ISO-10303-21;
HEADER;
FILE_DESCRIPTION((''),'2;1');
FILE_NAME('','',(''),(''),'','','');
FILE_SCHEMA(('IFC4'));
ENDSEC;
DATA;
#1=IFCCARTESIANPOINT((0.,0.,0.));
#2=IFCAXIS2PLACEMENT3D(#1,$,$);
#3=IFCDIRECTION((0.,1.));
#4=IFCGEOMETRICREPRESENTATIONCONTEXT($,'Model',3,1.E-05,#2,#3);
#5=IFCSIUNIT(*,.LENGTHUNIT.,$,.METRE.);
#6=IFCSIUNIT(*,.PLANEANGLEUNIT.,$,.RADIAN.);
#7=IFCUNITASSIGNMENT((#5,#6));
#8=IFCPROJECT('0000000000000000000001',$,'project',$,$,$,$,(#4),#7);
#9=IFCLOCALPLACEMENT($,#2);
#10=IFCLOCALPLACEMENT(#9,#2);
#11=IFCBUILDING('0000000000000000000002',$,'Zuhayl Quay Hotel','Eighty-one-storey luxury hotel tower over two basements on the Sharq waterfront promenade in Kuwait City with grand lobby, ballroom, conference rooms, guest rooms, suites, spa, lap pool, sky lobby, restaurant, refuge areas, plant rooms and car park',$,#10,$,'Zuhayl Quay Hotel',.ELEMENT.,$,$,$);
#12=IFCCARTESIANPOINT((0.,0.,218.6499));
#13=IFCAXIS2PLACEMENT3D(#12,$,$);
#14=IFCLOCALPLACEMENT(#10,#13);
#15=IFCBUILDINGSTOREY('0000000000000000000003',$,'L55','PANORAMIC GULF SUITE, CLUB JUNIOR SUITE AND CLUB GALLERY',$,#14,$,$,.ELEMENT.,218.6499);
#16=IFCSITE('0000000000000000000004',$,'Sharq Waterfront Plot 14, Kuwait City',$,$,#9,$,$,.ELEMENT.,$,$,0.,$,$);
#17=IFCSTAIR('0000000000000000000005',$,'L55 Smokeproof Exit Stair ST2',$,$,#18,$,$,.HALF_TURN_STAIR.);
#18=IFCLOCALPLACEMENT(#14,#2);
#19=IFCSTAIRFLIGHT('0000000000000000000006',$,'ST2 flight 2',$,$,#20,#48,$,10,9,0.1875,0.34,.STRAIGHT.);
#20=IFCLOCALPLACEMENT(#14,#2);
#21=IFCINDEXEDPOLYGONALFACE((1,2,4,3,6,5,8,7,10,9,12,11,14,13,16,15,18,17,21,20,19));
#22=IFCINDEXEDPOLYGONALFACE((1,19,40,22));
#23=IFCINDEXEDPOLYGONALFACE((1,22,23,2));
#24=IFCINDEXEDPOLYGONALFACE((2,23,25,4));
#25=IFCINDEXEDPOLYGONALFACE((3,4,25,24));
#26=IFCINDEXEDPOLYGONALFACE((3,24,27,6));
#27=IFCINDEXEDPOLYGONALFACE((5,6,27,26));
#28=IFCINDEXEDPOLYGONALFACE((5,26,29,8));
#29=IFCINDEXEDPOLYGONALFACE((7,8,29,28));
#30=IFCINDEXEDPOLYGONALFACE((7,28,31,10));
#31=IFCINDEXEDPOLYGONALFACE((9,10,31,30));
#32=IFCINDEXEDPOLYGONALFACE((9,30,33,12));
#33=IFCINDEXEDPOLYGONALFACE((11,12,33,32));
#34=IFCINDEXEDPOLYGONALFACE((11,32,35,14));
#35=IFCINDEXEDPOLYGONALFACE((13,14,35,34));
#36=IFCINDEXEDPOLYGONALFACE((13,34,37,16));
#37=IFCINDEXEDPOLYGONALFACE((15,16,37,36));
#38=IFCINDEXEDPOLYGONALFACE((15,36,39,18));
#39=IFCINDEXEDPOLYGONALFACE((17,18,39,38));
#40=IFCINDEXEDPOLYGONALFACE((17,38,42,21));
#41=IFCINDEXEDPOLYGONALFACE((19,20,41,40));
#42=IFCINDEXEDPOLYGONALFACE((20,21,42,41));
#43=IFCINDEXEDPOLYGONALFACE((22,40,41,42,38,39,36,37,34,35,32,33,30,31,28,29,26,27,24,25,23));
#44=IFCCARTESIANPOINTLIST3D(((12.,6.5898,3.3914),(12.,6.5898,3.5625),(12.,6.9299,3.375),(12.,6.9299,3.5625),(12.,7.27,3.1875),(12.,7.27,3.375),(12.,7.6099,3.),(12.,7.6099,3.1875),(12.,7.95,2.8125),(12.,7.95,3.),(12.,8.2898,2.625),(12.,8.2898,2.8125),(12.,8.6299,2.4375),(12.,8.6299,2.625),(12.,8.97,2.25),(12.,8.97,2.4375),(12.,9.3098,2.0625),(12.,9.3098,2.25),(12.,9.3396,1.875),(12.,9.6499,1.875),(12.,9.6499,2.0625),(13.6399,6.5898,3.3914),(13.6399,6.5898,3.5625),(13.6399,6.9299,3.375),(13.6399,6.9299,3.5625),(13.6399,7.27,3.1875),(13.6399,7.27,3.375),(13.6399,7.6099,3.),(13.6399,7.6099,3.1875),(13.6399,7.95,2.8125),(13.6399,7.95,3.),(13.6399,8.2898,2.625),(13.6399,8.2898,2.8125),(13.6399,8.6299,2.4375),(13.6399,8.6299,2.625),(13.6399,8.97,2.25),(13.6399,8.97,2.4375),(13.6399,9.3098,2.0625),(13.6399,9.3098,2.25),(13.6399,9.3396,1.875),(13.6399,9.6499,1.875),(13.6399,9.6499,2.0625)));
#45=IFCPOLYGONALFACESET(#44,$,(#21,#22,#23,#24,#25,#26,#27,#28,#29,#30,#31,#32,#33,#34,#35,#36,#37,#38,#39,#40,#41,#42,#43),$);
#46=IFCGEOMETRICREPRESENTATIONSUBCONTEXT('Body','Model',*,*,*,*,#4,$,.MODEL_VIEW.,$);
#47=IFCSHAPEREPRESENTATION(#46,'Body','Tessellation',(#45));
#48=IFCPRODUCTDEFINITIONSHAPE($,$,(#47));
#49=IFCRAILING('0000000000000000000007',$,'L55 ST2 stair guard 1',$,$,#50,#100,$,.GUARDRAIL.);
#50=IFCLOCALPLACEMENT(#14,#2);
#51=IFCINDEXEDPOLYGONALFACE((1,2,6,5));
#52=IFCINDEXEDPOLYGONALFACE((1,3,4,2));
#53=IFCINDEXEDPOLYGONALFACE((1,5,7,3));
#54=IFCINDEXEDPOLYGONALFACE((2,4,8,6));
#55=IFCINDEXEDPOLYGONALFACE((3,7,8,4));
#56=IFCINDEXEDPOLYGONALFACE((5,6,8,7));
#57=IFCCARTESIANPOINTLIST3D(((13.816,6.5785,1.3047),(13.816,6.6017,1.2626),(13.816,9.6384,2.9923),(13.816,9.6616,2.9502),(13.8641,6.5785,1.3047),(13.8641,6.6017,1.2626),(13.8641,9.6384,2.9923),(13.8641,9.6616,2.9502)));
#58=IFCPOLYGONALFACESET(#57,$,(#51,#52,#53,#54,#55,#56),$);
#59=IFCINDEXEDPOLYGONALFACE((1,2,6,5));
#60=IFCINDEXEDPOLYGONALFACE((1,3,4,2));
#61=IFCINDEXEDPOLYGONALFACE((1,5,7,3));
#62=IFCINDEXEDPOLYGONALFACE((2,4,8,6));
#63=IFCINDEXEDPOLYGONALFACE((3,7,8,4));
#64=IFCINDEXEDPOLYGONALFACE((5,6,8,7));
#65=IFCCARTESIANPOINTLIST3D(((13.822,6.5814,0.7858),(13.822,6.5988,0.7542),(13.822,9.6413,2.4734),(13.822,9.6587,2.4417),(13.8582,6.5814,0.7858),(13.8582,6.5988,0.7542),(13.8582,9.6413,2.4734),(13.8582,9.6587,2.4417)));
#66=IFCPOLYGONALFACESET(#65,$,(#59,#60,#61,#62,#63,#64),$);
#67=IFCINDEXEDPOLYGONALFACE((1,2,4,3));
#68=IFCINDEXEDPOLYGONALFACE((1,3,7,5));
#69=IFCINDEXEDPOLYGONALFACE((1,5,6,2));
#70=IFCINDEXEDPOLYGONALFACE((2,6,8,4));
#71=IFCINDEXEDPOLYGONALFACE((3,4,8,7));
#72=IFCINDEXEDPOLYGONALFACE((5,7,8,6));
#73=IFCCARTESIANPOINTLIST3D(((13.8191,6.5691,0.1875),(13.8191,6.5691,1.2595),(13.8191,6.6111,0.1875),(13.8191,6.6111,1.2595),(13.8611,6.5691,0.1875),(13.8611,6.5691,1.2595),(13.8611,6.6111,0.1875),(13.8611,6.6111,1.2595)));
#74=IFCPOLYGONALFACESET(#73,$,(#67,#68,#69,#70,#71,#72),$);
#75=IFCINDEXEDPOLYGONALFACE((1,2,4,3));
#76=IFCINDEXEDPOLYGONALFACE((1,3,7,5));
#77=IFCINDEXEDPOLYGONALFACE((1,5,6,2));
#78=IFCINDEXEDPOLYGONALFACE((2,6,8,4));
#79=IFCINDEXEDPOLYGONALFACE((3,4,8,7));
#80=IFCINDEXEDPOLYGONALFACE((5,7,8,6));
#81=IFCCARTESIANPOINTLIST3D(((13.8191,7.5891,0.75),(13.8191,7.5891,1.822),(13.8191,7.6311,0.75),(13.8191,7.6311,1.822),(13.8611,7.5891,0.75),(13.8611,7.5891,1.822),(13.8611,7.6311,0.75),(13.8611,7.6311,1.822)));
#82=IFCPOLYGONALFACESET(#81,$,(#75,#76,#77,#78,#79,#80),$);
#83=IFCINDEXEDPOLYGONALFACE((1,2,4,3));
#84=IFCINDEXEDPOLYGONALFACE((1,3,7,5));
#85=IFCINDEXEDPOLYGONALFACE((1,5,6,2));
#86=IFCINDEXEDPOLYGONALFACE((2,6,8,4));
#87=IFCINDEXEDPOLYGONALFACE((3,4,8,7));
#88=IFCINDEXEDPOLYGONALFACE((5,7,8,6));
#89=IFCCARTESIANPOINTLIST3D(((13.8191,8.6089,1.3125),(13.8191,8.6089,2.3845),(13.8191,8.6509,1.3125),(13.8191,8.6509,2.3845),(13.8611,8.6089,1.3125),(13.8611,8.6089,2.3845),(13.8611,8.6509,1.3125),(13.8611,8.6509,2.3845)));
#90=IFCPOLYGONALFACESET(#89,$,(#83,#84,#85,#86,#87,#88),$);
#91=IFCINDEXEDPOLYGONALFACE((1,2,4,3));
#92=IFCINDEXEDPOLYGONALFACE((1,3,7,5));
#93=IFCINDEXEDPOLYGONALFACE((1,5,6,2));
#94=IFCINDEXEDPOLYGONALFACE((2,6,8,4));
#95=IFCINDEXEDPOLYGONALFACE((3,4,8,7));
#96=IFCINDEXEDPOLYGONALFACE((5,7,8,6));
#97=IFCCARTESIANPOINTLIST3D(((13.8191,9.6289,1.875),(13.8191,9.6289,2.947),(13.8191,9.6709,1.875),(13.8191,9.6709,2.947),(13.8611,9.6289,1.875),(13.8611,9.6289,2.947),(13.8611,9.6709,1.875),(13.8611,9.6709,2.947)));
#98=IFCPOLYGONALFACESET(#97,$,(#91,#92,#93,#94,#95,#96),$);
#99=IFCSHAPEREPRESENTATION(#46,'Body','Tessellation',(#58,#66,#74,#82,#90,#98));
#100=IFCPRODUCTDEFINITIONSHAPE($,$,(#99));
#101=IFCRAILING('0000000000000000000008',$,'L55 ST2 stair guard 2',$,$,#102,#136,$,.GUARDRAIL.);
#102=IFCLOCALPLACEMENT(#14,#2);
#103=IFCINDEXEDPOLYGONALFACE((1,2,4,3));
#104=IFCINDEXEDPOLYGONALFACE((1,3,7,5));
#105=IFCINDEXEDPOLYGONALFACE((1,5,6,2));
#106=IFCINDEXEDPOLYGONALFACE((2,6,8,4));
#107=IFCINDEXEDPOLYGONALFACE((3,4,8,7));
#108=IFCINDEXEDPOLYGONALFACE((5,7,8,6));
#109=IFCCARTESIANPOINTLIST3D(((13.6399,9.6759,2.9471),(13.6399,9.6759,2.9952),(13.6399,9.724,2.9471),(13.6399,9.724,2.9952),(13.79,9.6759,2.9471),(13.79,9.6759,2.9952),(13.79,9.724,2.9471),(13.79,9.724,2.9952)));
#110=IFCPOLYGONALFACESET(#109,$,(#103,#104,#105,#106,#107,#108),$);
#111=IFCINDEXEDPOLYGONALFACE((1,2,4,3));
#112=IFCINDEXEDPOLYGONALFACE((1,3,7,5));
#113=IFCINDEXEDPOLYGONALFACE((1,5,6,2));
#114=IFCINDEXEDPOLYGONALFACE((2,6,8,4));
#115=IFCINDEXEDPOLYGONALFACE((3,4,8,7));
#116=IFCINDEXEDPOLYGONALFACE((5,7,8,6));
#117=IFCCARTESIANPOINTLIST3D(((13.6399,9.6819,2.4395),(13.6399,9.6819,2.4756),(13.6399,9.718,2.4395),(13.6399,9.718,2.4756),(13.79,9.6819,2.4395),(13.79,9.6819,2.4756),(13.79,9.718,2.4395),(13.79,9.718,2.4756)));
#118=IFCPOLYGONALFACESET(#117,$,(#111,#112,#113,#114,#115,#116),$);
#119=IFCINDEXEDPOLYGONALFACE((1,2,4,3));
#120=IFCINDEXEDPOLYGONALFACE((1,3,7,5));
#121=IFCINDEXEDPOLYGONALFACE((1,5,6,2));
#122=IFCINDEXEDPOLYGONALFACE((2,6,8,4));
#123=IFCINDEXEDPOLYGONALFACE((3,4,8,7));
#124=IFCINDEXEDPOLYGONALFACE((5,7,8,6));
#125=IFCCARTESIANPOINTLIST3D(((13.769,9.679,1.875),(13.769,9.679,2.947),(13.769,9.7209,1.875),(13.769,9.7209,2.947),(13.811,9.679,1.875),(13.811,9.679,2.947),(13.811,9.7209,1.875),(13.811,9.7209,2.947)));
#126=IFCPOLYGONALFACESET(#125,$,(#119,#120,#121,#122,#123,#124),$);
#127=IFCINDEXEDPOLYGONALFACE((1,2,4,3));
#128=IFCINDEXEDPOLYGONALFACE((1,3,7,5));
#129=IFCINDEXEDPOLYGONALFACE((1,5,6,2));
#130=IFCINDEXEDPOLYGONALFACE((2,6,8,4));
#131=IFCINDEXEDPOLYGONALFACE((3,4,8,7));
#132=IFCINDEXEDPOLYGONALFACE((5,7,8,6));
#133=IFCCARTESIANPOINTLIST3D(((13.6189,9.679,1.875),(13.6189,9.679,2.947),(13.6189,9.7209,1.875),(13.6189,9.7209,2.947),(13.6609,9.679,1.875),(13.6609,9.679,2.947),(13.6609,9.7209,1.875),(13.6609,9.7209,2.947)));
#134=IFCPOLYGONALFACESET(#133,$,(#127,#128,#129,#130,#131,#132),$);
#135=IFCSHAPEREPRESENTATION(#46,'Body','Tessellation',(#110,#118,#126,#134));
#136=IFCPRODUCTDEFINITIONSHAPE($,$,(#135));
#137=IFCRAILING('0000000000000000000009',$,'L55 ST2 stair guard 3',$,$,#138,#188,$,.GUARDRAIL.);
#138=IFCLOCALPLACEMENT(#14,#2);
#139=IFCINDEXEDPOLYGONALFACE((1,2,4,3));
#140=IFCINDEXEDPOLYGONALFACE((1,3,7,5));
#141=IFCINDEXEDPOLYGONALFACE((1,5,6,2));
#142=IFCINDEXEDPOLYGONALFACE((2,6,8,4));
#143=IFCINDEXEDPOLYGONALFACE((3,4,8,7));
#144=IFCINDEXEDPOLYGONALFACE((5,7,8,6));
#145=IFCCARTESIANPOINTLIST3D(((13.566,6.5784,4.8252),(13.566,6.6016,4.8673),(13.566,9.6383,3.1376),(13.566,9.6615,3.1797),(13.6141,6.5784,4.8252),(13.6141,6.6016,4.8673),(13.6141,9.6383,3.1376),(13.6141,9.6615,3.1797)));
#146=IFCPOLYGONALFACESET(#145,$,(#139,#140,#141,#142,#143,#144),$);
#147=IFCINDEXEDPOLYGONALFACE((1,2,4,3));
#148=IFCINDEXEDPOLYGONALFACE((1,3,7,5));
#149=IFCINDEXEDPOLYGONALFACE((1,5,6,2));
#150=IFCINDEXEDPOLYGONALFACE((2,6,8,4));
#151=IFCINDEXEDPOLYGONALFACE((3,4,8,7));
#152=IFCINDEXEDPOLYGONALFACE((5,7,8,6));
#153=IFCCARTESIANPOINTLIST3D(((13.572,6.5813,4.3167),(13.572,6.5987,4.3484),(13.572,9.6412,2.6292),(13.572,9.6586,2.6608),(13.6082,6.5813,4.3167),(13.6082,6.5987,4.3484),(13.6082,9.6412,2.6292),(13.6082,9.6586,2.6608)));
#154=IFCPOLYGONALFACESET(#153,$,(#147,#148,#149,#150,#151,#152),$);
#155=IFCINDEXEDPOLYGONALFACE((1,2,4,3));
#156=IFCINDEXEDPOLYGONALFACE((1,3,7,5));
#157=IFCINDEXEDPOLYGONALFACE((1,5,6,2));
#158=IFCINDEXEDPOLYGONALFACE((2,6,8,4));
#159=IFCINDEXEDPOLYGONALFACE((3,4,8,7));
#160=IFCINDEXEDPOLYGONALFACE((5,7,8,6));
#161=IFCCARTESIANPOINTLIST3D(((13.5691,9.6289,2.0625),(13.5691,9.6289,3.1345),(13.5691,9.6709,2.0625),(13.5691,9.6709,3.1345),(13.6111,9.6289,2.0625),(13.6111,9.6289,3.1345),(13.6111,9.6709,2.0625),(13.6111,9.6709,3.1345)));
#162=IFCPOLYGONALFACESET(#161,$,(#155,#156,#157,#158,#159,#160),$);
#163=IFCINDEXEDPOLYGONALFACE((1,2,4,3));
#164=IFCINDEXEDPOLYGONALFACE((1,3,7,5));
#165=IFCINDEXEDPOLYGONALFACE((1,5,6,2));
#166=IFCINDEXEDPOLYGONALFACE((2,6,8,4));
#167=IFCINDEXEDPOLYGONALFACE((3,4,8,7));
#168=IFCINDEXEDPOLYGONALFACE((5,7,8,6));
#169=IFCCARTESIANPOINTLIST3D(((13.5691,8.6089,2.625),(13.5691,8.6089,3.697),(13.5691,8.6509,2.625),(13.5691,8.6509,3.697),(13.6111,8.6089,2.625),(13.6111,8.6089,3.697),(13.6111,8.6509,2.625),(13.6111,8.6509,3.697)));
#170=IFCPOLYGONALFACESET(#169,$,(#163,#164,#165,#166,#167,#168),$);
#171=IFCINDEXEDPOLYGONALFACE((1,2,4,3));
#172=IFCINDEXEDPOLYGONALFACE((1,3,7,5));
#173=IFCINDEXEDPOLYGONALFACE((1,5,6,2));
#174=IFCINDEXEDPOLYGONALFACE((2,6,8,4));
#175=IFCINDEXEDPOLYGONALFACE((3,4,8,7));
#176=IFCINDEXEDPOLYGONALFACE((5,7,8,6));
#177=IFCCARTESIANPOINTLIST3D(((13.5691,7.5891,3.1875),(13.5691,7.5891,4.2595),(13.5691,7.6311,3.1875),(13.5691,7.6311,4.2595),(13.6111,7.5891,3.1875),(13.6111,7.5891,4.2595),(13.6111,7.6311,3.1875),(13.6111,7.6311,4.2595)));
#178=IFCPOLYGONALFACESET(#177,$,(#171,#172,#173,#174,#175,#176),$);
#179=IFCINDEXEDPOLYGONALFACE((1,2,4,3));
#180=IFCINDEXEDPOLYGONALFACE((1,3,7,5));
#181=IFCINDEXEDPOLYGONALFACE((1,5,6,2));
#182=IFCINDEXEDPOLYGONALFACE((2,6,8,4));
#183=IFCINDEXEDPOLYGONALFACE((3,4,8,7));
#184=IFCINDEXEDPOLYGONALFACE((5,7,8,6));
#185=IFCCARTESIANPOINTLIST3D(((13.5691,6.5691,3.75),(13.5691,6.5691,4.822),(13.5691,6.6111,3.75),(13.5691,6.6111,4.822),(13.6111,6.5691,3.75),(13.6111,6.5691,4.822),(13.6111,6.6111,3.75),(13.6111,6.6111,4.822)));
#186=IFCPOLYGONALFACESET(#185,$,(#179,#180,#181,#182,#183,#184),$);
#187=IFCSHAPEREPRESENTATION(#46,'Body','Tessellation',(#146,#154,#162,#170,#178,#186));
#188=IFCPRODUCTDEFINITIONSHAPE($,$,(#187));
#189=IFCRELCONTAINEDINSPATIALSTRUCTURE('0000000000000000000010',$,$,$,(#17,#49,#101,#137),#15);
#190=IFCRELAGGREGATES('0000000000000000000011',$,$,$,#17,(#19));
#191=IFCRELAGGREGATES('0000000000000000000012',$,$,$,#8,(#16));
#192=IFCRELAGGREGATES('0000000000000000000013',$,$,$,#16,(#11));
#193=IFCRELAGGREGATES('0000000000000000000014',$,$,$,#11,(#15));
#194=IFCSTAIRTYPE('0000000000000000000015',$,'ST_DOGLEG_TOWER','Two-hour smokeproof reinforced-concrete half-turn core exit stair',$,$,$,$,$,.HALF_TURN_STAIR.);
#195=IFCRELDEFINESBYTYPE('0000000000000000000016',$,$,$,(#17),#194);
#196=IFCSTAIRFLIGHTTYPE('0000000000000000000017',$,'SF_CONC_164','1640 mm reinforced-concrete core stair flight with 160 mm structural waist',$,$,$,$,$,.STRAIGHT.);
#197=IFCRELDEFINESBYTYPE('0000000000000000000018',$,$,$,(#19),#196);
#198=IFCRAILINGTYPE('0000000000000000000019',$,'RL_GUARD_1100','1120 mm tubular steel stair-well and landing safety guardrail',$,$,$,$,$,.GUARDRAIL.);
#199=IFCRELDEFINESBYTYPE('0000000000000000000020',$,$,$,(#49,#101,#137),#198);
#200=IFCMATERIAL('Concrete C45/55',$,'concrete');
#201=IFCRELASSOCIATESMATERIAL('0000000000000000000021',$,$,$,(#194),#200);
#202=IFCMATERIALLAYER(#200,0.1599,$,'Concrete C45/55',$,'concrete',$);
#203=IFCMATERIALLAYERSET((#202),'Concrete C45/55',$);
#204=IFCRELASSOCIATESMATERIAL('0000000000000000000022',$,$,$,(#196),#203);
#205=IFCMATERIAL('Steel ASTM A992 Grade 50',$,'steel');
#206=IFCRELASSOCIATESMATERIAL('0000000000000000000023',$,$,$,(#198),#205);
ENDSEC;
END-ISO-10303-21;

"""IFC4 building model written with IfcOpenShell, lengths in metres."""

from ifc_helpers import new_model, si_unit, direction, frame, origin, origin_2d, place, context, subcontext, project, spatial, polyline, rectangle, outline, extrude, material, layer, layer_set, type_object, element, aggregate, save


model = new_model("IFC4")

# Units and contexts
model_context = context("Model", 3, precision=1e-05, world=origin(), true_north=direction((0.0, 1.0)))
body_context = subcontext(model_context, "Body", "Model", "MODEL_VIEW")
ifc_project = project(units=[si_unit("LENGTHUNIT", "METRE"), si_unit("PLANEANGLEUNIT", "RADIAN")], contexts=[model_context])

# Site, building, storey
site_placement = place(None, origin())
site = spatial("IfcSite", under=ifc_project, at=site_placement, Name="Sharq Waterfront Plot 14, Kuwait City", CompositionType="ELEMENT", RefElevation=0.0)
building_placement = place(site_placement, origin())
building = spatial("IfcBuilding", under=site, at=building_placement, Name="Zuhayl Quay Hotel", Description="Eighty-one-storey luxury hotel tower over two basements on the Sharq waterfront promenade in Kuwait City with grand lobby, ballroom, conference rooms, guest rooms, suites, spa, lap pool, sky lobby, restaurant, refuge areas, plant rooms and car park", LongName="Zuhayl Quay Hotel", CompositionType="ELEMENT")
storey_placement = place(building_placement, frame((0.0, 0.0, 218.6499)))
storey = spatial("IfcBuildingStorey", under=building, at=storey_placement, Name="L55", Description="PANORAMIC GULF SUITE, CLUB JUNIOR SUITE AND CLUB GALLERY", CompositionType="ELEMENT", Elevation=218.6499)

# Shared definitions
ifc_material_1 = material(Name="Steel ASTM A992 Grade 50", Category="steel")

# Stair, stair flight
ifc_material_2 = material(Name="Concrete C45/55", Category="concrete")
stair_type = type_object("IfcStairType", Name="ST_DOGLEG_TOWER", Description="Two-hour smokeproof reinforced-concrete half-turn core exit stair", PredefinedType="HALF_TURN_STAIR", material=ifc_material_2)
stair_placement = place(storey_placement, origin())
stair = element("IfcStair", 1, at=stair_placement, inside=storey, type_object=stair_type, Name="L55 Smokeproof Exit Stair ST2", PredefinedType="HALF_TURN_STAIR")
ifc_layer_1 = layer(ifc_material_2, 0.1599, Name="Concrete C45/55", Category="concrete")
ifc_layer_set_1 = layer_set([ifc_layer_1], Name="Concrete C45/55")
stair_flight_type = type_object("IfcStairFlightType", Name="SF_CONC_164", Description="1640 mm reinforced-concrete core stair flight with 160 mm structural waist", PredefinedType="STRAIGHT", material=ifc_layer_set_1)
stair_flight_1_placement = place(storey_placement, frame((12.8201, 9.6499, 1.875), z_axis=(0.0, 0.0, 1.0), x_axis=(0.0, -1.0, 0.0)))
stair_flight_1 = element("IfcStairFlight", 2, at=stair_flight_1_placement, type_object=stair_flight_type, Name="ST2 flight 2", NumberOfRisers=10, NumberOfTreads=9, PredefinedType="STRAIGHT", RiserHeight=0.1875, TreadLength=0.34, context=body_context, shape_type="SweptSolid", body=[
    extrude(outline(polyline([(0.0, 0.0), (0.0, 0.1875), (0.3401, 0.1875), (0.3401, 0.375), (0.6799, 0.375), (0.6799, 0.5625), (1.02, 0.5625), (1.02, 0.75), (1.3601, 0.75), (1.3601, 0.9375), (1.7, 0.9375), (1.7, 1.125), (2.04, 1.125), (2.04, 1.3125), (2.3799, 1.3125), (2.3799, 1.5), (2.72, 1.5), (2.72, 1.6875), (3.0601, 1.6875), (3.0601, 1.875), (3.0601, 1.5164), (0.3103, 0.0), (0.0, 0.0)])), frame((0.0, 0.8198, 0.0), z_axis=(0.0, -1.0, 0.0), x_axis=(1.0, 0.0, 0.0)), (0.0, 0.0, 1.0), 1.6399),
])
aggregate(stair, [stair_flight_1])

# Railings
railing_type_1 = type_object("IfcRailingType", Name="RL_GUARD_1100", Description="1120 mm tubular steel stair-well and landing safety guardrail", PredefinedType="GUARDRAIL", material=ifc_material_1)
railing_1_placement = place(storey_placement, frame((13.8401, 6.5901, 0.1875)))
element("IfcRailing", 3, at=railing_1_placement, inside=storey, type_object=railing_type_1, Name="L55 ST2 stair guard 1", PredefinedType="GUARDRAIL", context=body_context, shape_type="SweptSolid", body=[
    extrude(rectangle(XDim=0.0481, YDim=0.0481, at=origin_2d()), frame((0.0, 0.0, 1.0962), z_axis=(0.0, 0.875659, 0.48293), x_axis=(-1.0, 0.0, 0.0)), (0.0, 0.0, 1.0), 3.4944),
    extrude(rectangle(XDim=0.0361, YDim=0.0361, at=origin_2d()), frame((0.0, 0.0, 0.5825), z_axis=(0.0, 0.875659, 0.48293), x_axis=(-1.0, 0.0, 0.0)), (0.0, 0.0, 1.0), 3.4944),
    extrude(rectangle(XDim=0.042, YDim=0.042, at=origin_2d()), origin(), (0.0, 0.0, 1.0), 1.072),
    extrude(rectangle(XDim=0.042, YDim=0.042, at=origin_2d()), frame((0.0, 1.02, 0.5625)), (0.0, 0.0, 1.0), 1.072),
    extrude(rectangle(XDim=0.042, YDim=0.042, at=origin_2d()), frame((0.0, 2.0398, 1.125)), (0.0, 0.0, 1.0), 1.072),
    extrude(rectangle(XDim=0.042, YDim=0.042, at=origin_2d()), frame((0.0, 3.0598, 1.6875)), (0.0, 0.0, 1.0), 1.072),
])
railing_2_placement = place(storey_placement, frame((13.79, 9.7, 1.875)))
element("IfcRailing", 4, at=railing_2_placement, inside=storey, type_object=railing_type_1, Name="L55 ST2 stair guard 2", PredefinedType="GUARDRAIL", context=body_context, shape_type="SweptSolid", body=[
    extrude(rectangle(XDim=0.0481, YDim=0.0481, at=origin_2d()), frame((0.0, 0.0, 1.0962), z_axis=(-1.0, 0.0, 0.0), x_axis=(0.0, -1.0, 0.0)), (0.0, 0.0, 1.0), 0.1501),
    extrude(rectangle(XDim=0.0361, YDim=0.0361, at=origin_2d()), frame((0.0, 0.0, 0.5825), z_axis=(-1.0, 0.0, 0.0), x_axis=(0.0, -1.0, 0.0)), (0.0, 0.0, 1.0), 0.1501),
    extrude(rectangle(XDim=0.042, YDim=0.042, at=origin_2d()), origin(), (0.0, 0.0, 1.0), 1.072),
    extrude(rectangle(XDim=0.042, YDim=0.042, at=origin_2d()), frame((-0.1501, 0.0, 0.0)), (0.0, 0.0, 1.0), 1.072),
])
railing_3_placement = place(storey_placement, frame((13.5901, 9.6499, 2.0625)))
element("IfcRailing", 5, at=railing_3_placement, inside=storey, type_object=railing_type_1, Name="L55 ST2 stair guard 3", PredefinedType="GUARDRAIL", context=body_context, shape_type="SweptSolid", body=[
    extrude(rectangle(XDim=0.0481, YDim=0.0481, at=origin_2d()), frame((0.0, 0.0, 1.0962), z_axis=(0.0, -0.875659, 0.48293), x_axis=(1.0, 0.0, 0.0)), (0.0, 0.0, 1.0), 3.4944),
    extrude(rectangle(XDim=0.0361, YDim=0.0361, at=origin_2d()), frame((0.0, 0.0, 0.5825), z_axis=(0.0, -0.875659, 0.48293), x_axis=(1.0, 0.0, 0.0)), (0.0, 0.0, 1.0), 3.4944),
    extrude(rectangle(XDim=0.042, YDim=0.042, at=origin_2d()), origin(), (0.0, 0.0, 1.0), 1.072),
    extrude(rectangle(XDim=0.042, YDim=0.042, at=origin_2d()), frame((0.0, -1.02, 0.5625)), (0.0, 0.0, 1.0), 1.072),
    extrude(rectangle(XDim=0.042, YDim=0.042, at=origin_2d()), frame((0.0, -2.0398, 1.125)), (0.0, 0.0, 1.0), 1.072),
    extrude(rectangle(XDim=0.042, YDim=0.042, at=origin_2d()), frame((0.0, -3.0598, 1.6875)), (0.0, 0.0, 1.0), 1.072),
])

save(model, "model.ifc")
